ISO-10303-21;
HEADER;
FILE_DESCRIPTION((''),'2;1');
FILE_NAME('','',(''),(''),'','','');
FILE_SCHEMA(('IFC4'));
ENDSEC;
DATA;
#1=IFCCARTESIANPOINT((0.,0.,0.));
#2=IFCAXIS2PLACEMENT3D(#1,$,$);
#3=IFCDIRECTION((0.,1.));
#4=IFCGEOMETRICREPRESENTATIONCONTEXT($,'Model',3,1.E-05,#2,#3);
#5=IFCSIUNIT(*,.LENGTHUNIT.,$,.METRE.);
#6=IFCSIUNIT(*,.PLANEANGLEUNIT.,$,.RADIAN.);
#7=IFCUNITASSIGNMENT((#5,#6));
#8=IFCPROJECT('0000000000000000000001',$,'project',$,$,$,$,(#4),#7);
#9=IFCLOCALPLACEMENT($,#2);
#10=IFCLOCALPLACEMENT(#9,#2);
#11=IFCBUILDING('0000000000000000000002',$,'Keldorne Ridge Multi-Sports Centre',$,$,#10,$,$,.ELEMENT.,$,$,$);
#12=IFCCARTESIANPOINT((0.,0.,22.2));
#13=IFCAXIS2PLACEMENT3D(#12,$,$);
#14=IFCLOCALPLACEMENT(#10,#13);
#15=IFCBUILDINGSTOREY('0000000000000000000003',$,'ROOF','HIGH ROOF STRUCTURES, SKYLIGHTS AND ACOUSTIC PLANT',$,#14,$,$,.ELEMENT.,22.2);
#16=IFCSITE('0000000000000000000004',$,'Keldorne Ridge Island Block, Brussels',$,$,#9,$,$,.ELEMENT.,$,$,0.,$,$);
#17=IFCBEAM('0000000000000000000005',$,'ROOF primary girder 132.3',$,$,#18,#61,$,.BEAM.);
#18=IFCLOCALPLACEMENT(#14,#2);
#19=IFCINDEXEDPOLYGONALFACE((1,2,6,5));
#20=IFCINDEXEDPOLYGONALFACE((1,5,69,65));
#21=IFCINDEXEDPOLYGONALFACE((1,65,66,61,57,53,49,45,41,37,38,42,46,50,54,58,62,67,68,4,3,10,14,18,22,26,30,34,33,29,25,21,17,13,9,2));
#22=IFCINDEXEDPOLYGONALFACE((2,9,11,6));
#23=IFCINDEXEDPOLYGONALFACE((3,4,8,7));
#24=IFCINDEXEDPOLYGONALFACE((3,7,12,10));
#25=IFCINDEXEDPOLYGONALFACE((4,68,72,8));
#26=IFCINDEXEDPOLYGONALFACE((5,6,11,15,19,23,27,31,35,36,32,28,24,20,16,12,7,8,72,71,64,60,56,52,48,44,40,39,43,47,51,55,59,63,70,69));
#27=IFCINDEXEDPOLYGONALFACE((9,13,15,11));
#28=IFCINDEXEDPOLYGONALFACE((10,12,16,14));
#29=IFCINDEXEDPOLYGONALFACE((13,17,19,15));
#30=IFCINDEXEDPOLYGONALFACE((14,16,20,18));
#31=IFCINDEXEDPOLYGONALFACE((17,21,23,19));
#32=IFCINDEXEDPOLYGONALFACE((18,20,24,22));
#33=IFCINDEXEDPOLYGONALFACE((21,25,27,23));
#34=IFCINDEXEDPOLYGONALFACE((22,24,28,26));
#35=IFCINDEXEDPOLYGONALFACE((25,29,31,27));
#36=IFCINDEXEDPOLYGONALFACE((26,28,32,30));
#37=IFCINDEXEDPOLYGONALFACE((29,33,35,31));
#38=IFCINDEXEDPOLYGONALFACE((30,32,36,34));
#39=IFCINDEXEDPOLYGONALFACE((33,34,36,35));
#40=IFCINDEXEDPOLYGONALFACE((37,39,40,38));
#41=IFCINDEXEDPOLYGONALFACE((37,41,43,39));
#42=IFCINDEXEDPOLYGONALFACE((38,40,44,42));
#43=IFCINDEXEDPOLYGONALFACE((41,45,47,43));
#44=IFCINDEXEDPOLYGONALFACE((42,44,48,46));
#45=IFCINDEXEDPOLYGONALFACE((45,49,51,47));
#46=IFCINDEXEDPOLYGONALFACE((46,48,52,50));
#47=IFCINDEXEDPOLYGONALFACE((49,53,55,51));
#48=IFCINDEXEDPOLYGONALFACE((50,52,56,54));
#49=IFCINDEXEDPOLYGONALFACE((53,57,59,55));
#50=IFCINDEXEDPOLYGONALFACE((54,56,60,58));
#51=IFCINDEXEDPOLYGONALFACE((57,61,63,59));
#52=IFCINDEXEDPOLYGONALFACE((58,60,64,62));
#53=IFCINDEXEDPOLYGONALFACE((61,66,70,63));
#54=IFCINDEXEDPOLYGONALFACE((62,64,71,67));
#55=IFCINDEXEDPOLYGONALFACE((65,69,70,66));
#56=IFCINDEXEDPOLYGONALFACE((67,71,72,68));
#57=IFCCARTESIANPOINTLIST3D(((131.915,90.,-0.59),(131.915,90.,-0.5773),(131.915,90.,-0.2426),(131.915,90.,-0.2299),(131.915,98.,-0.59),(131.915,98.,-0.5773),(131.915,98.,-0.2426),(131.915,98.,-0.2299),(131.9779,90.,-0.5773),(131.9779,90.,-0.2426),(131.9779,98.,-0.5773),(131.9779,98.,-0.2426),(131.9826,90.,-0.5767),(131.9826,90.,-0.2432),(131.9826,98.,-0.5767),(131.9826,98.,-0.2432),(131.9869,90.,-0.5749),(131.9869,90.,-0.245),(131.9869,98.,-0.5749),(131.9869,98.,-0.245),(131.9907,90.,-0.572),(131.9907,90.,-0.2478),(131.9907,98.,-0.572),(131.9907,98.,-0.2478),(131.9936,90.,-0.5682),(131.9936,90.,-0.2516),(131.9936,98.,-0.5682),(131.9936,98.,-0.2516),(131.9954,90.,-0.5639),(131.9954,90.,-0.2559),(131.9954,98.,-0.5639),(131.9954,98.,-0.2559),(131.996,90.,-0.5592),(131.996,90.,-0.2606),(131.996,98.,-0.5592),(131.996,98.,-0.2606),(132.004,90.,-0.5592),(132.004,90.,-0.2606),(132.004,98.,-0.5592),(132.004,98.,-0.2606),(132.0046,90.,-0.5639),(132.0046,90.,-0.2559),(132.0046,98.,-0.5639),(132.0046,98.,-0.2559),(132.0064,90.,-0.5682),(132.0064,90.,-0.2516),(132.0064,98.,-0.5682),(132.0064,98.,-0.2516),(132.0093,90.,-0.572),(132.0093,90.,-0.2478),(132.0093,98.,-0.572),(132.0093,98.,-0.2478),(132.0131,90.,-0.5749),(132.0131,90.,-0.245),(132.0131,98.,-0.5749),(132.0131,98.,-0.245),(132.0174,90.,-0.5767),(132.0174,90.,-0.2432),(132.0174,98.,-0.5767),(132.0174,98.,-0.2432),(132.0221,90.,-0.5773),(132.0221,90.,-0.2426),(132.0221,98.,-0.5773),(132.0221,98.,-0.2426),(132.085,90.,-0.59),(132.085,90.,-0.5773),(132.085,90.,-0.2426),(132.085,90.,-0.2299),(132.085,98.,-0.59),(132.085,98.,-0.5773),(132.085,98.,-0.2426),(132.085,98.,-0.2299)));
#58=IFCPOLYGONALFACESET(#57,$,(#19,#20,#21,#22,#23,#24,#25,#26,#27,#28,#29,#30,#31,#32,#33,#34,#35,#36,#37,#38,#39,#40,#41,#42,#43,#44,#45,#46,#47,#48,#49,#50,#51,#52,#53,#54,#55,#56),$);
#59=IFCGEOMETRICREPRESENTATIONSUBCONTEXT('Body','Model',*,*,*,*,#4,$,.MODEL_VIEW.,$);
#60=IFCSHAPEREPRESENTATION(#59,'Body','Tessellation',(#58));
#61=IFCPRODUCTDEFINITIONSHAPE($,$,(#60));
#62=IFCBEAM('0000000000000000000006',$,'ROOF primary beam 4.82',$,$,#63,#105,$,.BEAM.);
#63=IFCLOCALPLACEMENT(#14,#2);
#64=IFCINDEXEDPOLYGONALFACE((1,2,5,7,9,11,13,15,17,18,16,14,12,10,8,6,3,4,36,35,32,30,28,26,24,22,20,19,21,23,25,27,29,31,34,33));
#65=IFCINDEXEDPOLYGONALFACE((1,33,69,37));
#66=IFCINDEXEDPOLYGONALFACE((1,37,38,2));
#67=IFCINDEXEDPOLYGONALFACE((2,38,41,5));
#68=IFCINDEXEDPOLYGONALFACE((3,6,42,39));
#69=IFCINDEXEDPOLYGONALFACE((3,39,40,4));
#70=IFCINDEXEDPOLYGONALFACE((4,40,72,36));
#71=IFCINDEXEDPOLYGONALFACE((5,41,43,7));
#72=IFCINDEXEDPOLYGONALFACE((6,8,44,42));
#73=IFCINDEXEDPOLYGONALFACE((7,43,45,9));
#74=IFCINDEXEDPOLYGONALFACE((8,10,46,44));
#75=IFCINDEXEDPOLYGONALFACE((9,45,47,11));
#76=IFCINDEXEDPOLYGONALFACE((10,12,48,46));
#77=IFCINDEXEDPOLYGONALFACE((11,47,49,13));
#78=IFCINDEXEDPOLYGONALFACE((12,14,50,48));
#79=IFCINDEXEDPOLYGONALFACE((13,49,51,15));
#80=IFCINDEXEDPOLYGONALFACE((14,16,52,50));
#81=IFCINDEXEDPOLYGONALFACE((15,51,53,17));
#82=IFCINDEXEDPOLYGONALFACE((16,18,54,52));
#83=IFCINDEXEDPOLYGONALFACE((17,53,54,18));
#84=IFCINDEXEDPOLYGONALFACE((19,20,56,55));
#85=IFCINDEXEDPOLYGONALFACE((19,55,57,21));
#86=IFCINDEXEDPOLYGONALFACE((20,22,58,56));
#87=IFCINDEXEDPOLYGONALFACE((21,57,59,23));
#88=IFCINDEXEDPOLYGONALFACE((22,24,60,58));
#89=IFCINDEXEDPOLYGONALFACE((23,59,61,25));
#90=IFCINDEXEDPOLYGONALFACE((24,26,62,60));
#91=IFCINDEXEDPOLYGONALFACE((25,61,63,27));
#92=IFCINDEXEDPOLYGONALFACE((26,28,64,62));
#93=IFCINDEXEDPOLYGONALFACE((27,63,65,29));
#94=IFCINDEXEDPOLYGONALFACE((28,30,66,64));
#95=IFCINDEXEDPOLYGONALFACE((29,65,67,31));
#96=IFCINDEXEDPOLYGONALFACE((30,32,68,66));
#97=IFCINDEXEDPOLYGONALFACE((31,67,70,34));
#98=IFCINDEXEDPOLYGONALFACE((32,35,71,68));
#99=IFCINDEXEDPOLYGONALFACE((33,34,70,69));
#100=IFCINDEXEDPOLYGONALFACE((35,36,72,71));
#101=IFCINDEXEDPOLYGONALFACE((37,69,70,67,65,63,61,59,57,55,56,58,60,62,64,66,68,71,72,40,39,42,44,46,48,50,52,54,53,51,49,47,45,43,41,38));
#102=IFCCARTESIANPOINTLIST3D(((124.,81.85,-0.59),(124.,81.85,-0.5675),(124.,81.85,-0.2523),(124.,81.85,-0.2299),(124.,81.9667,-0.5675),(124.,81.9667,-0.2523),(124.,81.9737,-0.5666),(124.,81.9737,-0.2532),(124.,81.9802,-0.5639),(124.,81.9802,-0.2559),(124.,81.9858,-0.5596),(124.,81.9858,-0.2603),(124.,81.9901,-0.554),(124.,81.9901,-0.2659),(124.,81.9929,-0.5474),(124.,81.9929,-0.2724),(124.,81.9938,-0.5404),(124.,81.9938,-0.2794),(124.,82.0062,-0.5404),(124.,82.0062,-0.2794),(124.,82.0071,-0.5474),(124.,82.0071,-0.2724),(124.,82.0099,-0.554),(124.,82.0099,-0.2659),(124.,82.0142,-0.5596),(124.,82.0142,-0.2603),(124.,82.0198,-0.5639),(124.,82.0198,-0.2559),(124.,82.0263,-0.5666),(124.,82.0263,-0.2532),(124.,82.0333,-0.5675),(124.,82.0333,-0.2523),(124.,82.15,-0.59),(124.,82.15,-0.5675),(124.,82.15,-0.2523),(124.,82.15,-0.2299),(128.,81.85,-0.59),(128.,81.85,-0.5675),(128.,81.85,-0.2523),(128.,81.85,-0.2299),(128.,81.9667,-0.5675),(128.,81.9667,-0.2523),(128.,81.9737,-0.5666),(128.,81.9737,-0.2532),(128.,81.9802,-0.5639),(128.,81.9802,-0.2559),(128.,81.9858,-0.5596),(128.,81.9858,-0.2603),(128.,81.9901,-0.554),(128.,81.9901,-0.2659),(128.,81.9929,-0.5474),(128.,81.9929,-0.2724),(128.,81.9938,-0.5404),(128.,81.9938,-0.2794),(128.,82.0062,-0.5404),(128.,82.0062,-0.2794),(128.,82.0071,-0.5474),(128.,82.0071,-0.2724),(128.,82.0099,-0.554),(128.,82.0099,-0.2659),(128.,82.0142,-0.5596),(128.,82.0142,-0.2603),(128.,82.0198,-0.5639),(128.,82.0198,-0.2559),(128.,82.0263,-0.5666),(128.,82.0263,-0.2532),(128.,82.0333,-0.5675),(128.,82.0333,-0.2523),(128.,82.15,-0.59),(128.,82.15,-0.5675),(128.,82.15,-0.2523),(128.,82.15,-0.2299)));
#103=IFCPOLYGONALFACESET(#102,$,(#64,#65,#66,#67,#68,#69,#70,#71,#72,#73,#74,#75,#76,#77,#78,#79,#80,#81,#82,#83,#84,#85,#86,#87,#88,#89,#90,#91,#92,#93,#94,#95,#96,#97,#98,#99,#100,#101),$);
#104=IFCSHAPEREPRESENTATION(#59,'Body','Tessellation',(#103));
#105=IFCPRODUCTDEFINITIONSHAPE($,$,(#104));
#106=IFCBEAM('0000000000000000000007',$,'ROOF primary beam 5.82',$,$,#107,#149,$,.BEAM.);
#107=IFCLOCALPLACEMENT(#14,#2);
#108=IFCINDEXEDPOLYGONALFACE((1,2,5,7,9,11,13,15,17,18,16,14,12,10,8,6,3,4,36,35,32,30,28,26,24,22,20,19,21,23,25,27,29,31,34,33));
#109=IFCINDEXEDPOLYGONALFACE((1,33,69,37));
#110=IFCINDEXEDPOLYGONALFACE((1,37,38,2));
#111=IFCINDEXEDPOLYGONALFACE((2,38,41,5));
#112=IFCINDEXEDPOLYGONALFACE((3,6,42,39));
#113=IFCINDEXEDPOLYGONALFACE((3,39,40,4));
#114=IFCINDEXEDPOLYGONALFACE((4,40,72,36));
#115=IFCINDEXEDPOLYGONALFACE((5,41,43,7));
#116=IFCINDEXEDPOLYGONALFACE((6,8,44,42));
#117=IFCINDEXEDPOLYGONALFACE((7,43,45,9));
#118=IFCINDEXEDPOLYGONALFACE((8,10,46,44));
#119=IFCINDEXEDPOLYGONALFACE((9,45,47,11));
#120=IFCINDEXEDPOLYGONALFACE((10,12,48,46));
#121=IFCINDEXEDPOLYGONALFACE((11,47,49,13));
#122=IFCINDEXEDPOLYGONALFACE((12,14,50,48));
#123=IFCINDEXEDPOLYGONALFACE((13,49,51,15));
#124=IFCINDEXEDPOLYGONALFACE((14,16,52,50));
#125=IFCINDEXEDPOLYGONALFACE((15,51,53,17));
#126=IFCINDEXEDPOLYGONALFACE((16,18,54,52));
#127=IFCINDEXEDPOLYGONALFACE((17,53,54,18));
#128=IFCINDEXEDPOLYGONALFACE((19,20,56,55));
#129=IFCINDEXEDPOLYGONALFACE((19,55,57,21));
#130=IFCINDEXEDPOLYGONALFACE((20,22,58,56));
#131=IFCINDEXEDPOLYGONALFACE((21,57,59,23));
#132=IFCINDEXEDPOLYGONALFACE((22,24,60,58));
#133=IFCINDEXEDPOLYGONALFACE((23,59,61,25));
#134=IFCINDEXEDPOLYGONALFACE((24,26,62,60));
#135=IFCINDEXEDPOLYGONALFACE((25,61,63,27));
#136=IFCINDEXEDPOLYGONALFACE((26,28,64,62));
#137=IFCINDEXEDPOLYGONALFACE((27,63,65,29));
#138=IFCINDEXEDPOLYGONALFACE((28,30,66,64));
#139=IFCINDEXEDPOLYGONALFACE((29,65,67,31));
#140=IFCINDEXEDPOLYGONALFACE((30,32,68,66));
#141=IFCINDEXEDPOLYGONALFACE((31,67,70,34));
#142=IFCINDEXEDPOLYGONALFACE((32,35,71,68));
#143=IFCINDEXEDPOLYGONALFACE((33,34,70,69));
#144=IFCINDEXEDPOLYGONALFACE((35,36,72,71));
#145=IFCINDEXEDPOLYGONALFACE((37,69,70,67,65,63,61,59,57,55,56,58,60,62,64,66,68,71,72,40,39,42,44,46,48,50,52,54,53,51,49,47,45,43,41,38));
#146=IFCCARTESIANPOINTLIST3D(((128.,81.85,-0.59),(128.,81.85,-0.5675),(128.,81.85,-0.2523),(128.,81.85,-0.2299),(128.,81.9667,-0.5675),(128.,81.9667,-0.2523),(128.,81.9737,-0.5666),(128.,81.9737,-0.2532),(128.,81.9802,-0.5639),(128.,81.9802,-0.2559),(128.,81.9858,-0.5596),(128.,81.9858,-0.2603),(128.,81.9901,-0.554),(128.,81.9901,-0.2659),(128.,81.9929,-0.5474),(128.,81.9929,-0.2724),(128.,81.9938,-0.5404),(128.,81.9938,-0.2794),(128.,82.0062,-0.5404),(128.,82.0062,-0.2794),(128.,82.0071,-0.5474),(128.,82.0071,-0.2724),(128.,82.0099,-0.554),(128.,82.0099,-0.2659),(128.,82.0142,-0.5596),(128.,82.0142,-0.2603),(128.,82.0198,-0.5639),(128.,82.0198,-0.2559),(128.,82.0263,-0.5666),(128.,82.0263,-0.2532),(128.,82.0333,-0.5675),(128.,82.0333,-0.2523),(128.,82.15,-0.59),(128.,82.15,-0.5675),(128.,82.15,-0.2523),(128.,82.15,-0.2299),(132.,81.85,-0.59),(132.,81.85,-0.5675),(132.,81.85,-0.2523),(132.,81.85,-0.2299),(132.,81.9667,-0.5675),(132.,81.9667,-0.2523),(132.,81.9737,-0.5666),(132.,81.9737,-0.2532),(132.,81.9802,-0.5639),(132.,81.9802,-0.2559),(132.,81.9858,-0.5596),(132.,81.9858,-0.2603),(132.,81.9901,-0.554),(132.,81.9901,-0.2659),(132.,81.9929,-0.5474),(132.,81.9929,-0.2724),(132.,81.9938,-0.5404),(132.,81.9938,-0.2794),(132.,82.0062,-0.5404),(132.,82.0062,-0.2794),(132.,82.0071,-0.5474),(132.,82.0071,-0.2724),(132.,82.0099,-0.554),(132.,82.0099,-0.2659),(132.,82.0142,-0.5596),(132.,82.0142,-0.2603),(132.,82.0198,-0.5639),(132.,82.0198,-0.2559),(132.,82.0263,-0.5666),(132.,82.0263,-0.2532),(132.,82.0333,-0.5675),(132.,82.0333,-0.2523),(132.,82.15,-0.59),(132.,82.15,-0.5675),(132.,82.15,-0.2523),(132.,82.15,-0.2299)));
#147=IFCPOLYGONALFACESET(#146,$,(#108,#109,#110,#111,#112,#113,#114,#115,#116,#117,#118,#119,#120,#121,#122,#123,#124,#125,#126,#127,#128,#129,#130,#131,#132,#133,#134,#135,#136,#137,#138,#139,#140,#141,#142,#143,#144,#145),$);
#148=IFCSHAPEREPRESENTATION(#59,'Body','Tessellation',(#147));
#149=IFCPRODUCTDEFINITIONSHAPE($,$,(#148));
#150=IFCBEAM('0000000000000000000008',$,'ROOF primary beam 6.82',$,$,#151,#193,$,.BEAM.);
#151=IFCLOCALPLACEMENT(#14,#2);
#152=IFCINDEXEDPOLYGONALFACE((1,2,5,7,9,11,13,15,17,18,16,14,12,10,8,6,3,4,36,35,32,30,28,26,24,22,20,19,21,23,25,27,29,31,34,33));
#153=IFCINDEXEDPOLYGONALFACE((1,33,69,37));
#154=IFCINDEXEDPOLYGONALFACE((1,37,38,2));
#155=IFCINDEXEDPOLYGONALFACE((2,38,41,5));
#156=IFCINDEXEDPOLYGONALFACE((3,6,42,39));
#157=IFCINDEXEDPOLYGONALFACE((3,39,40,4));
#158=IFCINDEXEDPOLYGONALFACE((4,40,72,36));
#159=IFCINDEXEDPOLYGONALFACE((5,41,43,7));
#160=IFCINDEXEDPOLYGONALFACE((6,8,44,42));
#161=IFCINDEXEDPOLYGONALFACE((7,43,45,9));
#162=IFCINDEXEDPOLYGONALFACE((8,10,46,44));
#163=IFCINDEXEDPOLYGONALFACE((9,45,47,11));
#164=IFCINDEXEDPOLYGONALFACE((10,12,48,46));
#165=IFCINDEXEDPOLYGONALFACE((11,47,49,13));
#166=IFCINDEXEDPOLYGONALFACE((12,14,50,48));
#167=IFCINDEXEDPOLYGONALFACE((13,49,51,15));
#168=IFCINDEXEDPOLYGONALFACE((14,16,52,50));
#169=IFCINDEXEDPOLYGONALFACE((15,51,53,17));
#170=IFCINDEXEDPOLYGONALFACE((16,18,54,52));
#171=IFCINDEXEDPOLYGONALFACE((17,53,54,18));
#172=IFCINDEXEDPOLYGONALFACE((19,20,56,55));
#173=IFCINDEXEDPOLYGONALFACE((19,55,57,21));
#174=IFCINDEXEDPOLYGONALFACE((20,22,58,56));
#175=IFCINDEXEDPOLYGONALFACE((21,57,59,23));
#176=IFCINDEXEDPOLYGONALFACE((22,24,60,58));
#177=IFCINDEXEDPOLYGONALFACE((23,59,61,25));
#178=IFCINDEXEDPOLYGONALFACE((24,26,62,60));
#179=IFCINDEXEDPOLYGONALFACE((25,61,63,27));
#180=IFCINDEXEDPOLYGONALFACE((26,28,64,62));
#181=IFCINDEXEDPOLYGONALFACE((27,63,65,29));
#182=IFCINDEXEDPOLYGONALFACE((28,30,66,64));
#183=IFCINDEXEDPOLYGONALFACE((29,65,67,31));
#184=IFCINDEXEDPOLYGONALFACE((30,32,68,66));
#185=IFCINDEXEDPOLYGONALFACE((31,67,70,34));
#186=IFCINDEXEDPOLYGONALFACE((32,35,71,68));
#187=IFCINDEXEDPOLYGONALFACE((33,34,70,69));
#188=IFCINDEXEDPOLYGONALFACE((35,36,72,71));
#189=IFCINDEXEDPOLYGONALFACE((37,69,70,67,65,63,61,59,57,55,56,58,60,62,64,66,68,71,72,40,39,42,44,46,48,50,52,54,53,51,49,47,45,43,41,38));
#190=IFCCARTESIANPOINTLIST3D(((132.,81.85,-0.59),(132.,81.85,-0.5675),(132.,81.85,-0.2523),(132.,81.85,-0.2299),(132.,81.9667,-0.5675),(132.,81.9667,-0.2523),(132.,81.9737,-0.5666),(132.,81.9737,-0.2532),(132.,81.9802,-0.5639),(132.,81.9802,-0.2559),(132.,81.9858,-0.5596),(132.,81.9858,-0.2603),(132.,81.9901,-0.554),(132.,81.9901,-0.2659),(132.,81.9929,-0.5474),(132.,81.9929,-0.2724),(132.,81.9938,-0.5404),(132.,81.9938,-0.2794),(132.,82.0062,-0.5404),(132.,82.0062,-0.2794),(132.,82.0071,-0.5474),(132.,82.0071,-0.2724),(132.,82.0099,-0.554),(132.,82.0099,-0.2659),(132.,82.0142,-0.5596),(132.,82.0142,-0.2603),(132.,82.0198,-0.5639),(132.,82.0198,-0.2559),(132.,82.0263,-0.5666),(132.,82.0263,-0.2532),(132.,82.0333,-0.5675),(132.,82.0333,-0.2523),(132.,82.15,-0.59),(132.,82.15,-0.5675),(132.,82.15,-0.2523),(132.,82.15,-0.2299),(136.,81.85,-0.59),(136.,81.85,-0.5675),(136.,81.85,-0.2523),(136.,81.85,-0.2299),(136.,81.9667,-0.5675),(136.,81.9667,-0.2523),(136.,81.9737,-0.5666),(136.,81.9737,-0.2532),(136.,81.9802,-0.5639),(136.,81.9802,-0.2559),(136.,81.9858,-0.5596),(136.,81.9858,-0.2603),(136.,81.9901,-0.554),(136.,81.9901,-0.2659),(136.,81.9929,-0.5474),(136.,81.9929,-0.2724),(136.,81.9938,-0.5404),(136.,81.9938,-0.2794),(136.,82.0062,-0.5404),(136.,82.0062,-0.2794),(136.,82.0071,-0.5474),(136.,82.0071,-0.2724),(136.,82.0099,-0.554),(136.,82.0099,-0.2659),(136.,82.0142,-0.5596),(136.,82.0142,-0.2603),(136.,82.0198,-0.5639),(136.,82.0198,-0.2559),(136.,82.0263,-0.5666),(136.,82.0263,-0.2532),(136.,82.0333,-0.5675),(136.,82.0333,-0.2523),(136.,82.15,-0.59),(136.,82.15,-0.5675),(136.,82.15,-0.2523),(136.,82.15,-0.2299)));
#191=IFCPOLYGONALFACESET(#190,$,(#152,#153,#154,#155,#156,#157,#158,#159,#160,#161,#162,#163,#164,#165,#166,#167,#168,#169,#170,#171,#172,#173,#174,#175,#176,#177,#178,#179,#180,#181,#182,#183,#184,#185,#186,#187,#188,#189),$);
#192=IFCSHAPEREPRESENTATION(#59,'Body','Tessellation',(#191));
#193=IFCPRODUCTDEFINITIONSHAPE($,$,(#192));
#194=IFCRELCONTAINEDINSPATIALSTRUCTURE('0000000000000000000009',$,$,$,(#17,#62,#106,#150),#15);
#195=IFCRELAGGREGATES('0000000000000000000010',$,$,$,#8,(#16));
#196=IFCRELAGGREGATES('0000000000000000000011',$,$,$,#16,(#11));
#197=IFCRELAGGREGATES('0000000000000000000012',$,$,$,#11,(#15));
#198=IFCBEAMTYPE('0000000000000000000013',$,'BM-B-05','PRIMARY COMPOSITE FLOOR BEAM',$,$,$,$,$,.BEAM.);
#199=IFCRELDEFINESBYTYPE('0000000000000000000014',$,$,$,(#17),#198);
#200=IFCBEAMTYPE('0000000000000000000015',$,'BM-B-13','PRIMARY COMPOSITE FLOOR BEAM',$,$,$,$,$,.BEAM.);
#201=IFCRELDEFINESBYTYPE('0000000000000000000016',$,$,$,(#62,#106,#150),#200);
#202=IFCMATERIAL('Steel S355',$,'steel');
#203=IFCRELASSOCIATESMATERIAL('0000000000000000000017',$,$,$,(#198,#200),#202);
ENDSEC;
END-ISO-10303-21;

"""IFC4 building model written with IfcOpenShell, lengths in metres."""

from ifc_helpers import new_model, si_unit, direction, frame, origin, origin_2d, place, context, subcontext, project, spatial, i_section, extrude, material, material_profile, profile_set, type_object, element, save


model = new_model("IFC4")

# Units and contexts
model_context = context("Model", 3, precision=1e-05, world=origin(), true_north=direction((0.0, 1.0)))
body_context = subcontext(model_context, "Body", "Model", "MODEL_VIEW")
ifc_project = project(units=[si_unit("LENGTHUNIT", "METRE"), si_unit("PLANEANGLEUNIT", "RADIAN")], contexts=[model_context])

# Site, building, storey
site_placement = place(None, origin())
site = spatial("IfcSite", under=ifc_project, at=site_placement, Name="Keldorne Ridge Island Block, Brussels", CompositionType="ELEMENT", RefElevation=0.0)
building_placement = place(site_placement, origin())
building = spatial("IfcBuilding", under=site, at=building_placement, Name="Keldorne Ridge Multi-Sports Centre", CompositionType="ELEMENT")
storey_placement = place(building_placement, frame((0.0, 0.0, 22.2)))
storey = spatial("IfcBuildingStorey", under=building, at=storey_placement, Name="ROOF", Description="HIGH ROOF STRUCTURES, SKYLIGHTS AND ACOUSTIC PLANT", CompositionType="ELEMENT", Elevation=22.2)

# Beams
ifc_material_1 = material(Name="Steel S355", Category="steel")
ifc_material_profile_1 = material_profile(ifc_material_1, i_section(OverallWidth=0.1699, OverallDepth=0.3601, WebThickness=0.0081, FlangeThickness=0.0127, FilletRadius=0.0181, at=origin_2d()), Name="IPE 360")
ifc_profile_set_1 = profile_set([ifc_material_profile_1], Name="Steel S355")
beam_type_1 = type_object("IfcBeamType", Name="BM-B-05", Description="PRIMARY COMPOSITE FLOOR BEAM", PredefinedType="BEAM", material=ifc_profile_set_1)
for number, where, z_axis, x_axis, name in (
    (1, (132.0, 90.0, -0.4099), (0.0, 1.0, 0.0), (-1.0, 0.0, 0.0), "ROOF primary girder 132.3"),
):
    element("IfcBeam", number, at=place(storey_placement, frame(where, z_axis=z_axis, x_axis=x_axis)), inside=storey, type_object=beam_type_1, Name=name, PredefinedType="BEAM", context=body_context, shape_type="SweptSolid", body=[
        extrude(i_section(OverallWidth=0.1699, OverallDepth=0.3601, WebThickness=0.0081, FlangeThickness=0.0127, FilletRadius=0.0181, at=origin_2d()), origin(), (0.0, 0.0, 1.0), 8.0),
    ])
ifc_material_profile_2 = material_profile(ifc_material_1, i_section(OverallWidth=0.3, OverallDepth=0.3601, WebThickness=0.0125, FlangeThickness=0.0225, FilletRadius=0.0271, at=origin_2d()), Name="HEB 360")
ifc_profile_set_2 = profile_set([ifc_material_profile_2], Name="Steel S355")
beam_type_2 = type_object("IfcBeamType", Name="BM-B-13", Description="PRIMARY COMPOSITE FLOOR BEAM", PredefinedType="BEAM", material=ifc_profile_set_2)
for number, where, z_axis, x_axis, name in (
    (2, (124.0, 82.0, -0.4099), (1.0, 0.0, 0.0), (0.0, 1.0, 0.0), "ROOF primary beam 4.82"),
    (3, (128.0, 82.0, -0.4099), (1.0, 0.0, 0.0), (0.0, 1.0, 0.0), "ROOF primary beam 5.82"),
    (4, (132.0, 82.0, -0.4099), (1.0, 0.0, 0.0), (0.0, 1.0, 0.0), "ROOF primary beam 6.82"),
):
    element("IfcBeam", number, at=place(storey_placement, frame(where, z_axis=z_axis, x_axis=x_axis)), inside=storey, type_object=beam_type_2, Name=name, PredefinedType="BEAM", context=body_context, shape_type="SweptSolid", body=[
        extrude(i_section(OverallWidth=0.3, OverallDepth=0.3601, WebThickness=0.0125, FlangeThickness=0.0225, FilletRadius=0.0271, at=origin_2d()), origin(), (0.0, 0.0, 1.0), 4.0),
    ])

save(model, "model.ifc")
